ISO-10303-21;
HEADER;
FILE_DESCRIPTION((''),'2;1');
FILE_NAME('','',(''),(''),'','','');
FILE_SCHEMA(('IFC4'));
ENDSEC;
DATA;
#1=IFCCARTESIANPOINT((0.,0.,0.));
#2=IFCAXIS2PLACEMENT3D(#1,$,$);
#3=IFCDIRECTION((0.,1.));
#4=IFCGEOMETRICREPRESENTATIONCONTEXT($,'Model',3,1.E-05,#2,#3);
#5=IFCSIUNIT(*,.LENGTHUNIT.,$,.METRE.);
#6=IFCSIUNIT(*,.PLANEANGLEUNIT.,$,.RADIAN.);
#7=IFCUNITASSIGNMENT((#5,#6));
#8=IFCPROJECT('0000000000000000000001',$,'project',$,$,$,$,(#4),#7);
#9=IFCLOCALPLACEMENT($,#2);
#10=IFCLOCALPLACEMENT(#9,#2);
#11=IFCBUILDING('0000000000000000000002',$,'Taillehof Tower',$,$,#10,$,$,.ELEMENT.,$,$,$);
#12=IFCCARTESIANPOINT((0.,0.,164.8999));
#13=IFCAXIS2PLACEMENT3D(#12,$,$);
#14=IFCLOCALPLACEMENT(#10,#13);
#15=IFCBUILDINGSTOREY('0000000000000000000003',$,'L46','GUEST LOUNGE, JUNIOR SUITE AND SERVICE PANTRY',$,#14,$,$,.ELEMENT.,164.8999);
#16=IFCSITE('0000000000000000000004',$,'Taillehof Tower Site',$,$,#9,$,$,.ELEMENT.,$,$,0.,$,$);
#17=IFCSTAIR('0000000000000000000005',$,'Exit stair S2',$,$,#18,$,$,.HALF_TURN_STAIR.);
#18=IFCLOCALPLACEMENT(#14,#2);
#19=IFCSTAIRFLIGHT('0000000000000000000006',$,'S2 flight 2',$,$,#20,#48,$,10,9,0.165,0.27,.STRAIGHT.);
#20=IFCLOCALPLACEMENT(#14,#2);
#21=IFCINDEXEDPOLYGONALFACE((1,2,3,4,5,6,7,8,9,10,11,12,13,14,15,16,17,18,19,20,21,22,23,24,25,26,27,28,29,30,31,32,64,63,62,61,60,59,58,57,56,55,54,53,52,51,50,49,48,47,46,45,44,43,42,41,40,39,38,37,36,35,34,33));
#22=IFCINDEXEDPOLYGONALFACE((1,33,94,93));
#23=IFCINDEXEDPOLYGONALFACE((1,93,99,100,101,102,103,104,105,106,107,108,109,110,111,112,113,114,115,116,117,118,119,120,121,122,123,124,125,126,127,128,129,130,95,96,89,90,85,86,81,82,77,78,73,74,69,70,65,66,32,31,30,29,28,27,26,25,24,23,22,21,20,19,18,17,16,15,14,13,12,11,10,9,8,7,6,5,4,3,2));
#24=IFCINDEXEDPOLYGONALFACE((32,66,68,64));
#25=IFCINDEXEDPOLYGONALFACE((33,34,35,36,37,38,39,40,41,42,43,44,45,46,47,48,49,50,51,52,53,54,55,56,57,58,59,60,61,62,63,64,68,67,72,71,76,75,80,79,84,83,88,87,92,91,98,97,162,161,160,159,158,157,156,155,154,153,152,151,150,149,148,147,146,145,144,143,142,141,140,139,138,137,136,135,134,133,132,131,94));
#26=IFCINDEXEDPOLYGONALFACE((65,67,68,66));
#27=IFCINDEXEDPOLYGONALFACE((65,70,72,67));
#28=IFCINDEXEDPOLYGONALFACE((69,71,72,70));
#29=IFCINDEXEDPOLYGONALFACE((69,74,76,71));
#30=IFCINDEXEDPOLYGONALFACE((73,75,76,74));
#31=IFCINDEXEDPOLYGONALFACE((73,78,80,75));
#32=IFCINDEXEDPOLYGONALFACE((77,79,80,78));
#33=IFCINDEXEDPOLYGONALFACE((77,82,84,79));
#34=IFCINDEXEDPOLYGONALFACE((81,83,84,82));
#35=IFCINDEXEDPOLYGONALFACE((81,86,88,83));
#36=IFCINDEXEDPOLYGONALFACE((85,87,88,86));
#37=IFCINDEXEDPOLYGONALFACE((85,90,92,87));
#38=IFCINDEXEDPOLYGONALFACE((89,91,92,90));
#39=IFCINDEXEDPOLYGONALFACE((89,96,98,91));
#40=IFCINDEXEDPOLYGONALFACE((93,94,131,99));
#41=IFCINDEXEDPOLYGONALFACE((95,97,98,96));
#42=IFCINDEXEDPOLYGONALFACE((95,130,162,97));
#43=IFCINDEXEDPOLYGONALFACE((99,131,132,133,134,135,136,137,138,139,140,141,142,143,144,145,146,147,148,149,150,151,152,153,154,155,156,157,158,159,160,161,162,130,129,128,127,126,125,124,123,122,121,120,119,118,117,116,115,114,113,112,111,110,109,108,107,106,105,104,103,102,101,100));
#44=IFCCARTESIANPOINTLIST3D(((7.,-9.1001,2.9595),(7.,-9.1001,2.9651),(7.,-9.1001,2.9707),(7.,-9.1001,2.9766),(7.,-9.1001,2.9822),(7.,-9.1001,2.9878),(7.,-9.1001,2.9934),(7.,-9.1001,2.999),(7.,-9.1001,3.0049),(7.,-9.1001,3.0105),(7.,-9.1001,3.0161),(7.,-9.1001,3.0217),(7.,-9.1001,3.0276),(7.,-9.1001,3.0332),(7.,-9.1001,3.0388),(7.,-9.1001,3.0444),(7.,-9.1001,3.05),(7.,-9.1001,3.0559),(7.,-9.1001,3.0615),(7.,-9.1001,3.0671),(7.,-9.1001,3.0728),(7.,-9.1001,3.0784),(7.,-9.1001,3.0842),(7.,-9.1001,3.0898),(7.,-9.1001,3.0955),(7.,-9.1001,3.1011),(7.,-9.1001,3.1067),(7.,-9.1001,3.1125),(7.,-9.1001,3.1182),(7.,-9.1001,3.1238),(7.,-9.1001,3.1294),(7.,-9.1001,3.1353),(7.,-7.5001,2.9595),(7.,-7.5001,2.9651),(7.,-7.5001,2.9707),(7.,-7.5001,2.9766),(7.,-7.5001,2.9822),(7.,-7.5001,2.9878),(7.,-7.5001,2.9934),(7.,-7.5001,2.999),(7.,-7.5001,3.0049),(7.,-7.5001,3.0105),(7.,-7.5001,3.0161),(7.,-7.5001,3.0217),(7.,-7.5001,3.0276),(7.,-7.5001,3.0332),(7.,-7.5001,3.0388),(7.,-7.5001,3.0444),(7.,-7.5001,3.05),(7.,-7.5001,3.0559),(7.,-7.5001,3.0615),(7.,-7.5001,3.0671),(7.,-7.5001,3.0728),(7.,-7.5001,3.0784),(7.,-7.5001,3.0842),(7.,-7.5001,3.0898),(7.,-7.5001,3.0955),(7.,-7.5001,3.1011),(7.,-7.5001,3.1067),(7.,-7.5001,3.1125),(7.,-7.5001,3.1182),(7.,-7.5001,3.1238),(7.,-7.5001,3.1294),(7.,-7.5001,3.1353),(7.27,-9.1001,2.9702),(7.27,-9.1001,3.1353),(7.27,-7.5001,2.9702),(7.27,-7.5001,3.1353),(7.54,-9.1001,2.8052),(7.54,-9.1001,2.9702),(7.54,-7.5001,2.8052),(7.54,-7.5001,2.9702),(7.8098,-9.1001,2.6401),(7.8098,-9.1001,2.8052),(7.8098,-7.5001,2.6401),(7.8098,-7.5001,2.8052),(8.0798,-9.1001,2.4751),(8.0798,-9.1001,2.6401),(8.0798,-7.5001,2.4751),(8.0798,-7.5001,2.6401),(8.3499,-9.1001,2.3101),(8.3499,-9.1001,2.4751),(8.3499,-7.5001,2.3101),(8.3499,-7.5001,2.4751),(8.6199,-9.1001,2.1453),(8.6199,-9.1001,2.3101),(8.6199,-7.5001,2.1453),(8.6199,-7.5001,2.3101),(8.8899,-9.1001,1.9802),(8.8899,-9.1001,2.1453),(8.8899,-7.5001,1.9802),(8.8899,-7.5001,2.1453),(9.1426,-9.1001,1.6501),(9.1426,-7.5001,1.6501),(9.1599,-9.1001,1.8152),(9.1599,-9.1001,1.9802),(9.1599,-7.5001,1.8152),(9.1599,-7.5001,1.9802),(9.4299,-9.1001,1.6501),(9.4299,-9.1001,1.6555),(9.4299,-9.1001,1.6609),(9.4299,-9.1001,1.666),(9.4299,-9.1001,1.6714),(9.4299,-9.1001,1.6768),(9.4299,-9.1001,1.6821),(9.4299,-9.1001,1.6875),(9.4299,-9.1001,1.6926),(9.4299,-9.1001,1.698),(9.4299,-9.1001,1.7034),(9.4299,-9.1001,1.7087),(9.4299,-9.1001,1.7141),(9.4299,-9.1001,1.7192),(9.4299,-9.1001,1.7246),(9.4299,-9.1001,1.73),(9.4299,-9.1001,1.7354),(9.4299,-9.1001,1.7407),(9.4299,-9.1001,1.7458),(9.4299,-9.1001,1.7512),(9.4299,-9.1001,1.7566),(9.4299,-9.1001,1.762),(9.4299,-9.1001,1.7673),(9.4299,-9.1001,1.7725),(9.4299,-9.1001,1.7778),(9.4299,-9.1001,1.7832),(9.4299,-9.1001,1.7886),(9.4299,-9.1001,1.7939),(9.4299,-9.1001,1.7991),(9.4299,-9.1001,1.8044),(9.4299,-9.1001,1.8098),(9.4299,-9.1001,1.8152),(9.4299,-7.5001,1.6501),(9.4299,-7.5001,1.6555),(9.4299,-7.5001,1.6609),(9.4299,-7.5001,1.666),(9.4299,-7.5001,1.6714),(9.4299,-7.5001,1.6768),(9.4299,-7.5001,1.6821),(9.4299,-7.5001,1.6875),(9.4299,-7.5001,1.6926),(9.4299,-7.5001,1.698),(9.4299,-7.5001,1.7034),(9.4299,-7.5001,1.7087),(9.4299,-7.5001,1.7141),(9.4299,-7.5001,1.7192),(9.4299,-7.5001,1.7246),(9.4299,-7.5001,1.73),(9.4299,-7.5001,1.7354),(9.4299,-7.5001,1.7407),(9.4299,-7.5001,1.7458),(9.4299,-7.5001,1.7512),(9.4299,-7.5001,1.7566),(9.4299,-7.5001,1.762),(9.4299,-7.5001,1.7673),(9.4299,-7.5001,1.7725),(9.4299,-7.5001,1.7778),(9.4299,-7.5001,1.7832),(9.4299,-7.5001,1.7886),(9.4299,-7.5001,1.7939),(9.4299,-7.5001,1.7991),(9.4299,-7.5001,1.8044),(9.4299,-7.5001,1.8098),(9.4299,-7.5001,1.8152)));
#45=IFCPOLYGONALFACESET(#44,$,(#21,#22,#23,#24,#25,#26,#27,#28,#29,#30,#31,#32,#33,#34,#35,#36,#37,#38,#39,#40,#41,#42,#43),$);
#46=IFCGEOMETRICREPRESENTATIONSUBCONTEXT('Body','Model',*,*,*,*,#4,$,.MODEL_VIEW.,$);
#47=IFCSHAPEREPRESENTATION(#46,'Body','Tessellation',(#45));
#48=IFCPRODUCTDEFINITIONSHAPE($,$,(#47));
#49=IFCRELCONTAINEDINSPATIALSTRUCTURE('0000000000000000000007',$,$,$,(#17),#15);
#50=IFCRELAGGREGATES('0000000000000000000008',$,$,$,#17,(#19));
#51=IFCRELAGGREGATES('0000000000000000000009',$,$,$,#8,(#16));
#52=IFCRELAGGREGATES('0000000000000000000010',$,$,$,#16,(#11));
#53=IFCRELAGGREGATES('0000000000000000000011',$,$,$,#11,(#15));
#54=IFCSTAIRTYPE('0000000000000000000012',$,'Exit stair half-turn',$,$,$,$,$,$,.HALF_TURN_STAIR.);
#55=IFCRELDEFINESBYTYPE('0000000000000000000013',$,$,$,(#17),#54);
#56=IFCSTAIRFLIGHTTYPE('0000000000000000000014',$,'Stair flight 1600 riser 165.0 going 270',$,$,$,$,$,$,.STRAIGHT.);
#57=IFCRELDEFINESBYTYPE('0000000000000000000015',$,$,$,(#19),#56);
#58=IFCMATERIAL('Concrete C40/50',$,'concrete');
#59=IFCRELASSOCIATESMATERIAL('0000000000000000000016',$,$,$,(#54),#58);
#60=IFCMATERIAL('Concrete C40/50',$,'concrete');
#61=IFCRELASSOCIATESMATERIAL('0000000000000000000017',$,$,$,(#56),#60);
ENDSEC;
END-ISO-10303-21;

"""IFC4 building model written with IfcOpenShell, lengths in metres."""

from ifc_helpers import new_model, si_unit, direction, frame, origin, place, context, subcontext, project, spatial, polyline, outline, extrude, material, type_object, element, aggregate, save


model = new_model("IFC4")

# Units and contexts
model_context = context("Model", 3, precision=1e-05, world=origin(), true_north=direction((0.0, 1.0)))
body_context = subcontext(model_context, "Body", "Model", "MODEL_VIEW")
ifc_project = project(units=[si_unit("LENGTHUNIT", "METRE"), si_unit("PLANEANGLEUNIT", "RADIAN")], contexts=[model_context])

# Site, building, storey
site_placement = place(None, origin())
site = spatial("IfcSite", under=ifc_project, at=site_placement, Name="Taillehof Tower Site", CompositionType="ELEMENT", RefElevation=0.0)
building_placement = place(site_placement, origin())
building = spatial("IfcBuilding", under=site, at=building_placement, Name="Taillehof Tower", CompositionType="ELEMENT")
storey_placement = place(building_placement, frame((0.0, 0.0, 164.8999)))
storey = spatial("IfcBuildingStorey", under=building, at=storey_placement, Name="L46", Description="GUEST LOUNGE, JUNIOR SUITE AND SERVICE PANTRY", CompositionType="ELEMENT", Elevation=164.8999)

# Stair, stair flight
ifc_material_1 = material(Name="Concrete C40/50", Category="concrete")
stair_type = type_object("IfcStairType", Name="Exit stair half-turn", PredefinedType="HALF_TURN_STAIR", material=ifc_material_1)
stair_placement = place(storey_placement, origin())
stair = element("IfcStair", 1, at=stair_placement, inside=storey, type_object=stair_type, Name="Exit stair S2", PredefinedType="HALF_TURN_STAIR")
ifc_material_2 = material(Name="Concrete C40/50", Category="concrete")
stair_flight_type = type_object("IfcStairFlightType", Name="Stair flight 1600 riser 165.0 going 270", PredefinedType="STRAIGHT", material=ifc_material_2)
stair_flight_placement = place(storey_placement, frame((9.4299, -8.3, 1.6501), z_axis=(0.0, 0.0, 1.0), x_axis=(-1.0, 0.0, 0.0)))
stair_flight = element("IfcStairFlight", 2, at=stair_flight_placement, type_object=stair_flight_type, Name="S2 flight 2", NumberOfRisers=10, NumberOfTreads=9, PredefinedType="STRAIGHT", RiserHeight=0.165, TreadLength=0.27, context=body_context, shape_type="SweptSolid", body=[
    extrude(outline(polyline([(0.0, 0.0), (0.0, 0.0054), (0.0, 0.0107), (0.0, 0.0159), (0.0, 0.0212), (0.0, 0.0266), (0.0, 0.032), (0.0, 0.0374), (0.0, 0.0425), (0.0, 0.0479), (0.0, 0.0532), (0.0, 0.0586), (0.0, 0.064), (0.0, 0.0691), (0.0, 0.0745), (0.0, 0.0798), (0.0, 0.0852), (0.0, 0.0906), (0.0, 0.0957), (0.0, 0.1011), (0.0, 0.1064), (0.0, 0.1118), (0.0, 0.1172), (0.0, 0.1223), (0.0, 0.1277), (0.0, 0.1331), (0.0, 0.1384), (0.0, 0.1438), (0.0, 0.1489), (0.0, 0.1543), (0.0, 0.1597), (0.0, 0.165), (0.27, 0.165), (0.27, 0.3301), (0.54, 0.3301), (0.54, 0.4951), (0.8101, 0.4951), (0.8101, 0.6599), (1.0801, 0.6599), (1.0801, 0.825), (1.3501, 0.825), (1.3501, 0.99), (1.6201, 0.99), (1.6201, 1.155), (1.8899, 1.155), (1.8899, 1.3201), (2.1599, 1.3201), (2.1599, 1.4851), (2.4299, 1.4851), (2.4299, 1.4792), (2.4299, 1.4736), (2.4299, 1.468), (2.4299, 1.4624), (2.4299, 1.4565), (2.4299, 1.4509), (2.4299, 1.4453), (2.4299, 1.4397), (2.4299, 1.4341), (2.4299, 1.4282), (2.4299, 1.4226), (2.4299, 1.417), (2.4299, 1.4114), (2.4299, 1.4058), (2.4299, 1.3999), (2.4299, 1.3943), (2.4299, 1.3887), (2.4299, 1.3831), (2.4299, 1.3774), (2.4299, 1.3716), (2.4299, 1.366), (2.4299, 1.3604), (2.4299, 1.3547), (2.4299, 1.3489), (2.4299, 1.3433), (2.4299, 1.3376), (2.4299, 1.332), (2.4299, 1.3264), (2.4299, 1.3206), (2.4299, 1.3149), (2.4299, 1.3093), (0.2874, 0.0), (0.0, 0.0)])), frame((0.0, 0.8, 0.0), z_axis=(0.0, -1.0, 0.0), x_axis=(1.0, 0.0, 0.0)), (0.0, 0.0, 1.0), 1.6),
])
aggregate(stair, [stair_flight])

save(model, "model.ifc")
